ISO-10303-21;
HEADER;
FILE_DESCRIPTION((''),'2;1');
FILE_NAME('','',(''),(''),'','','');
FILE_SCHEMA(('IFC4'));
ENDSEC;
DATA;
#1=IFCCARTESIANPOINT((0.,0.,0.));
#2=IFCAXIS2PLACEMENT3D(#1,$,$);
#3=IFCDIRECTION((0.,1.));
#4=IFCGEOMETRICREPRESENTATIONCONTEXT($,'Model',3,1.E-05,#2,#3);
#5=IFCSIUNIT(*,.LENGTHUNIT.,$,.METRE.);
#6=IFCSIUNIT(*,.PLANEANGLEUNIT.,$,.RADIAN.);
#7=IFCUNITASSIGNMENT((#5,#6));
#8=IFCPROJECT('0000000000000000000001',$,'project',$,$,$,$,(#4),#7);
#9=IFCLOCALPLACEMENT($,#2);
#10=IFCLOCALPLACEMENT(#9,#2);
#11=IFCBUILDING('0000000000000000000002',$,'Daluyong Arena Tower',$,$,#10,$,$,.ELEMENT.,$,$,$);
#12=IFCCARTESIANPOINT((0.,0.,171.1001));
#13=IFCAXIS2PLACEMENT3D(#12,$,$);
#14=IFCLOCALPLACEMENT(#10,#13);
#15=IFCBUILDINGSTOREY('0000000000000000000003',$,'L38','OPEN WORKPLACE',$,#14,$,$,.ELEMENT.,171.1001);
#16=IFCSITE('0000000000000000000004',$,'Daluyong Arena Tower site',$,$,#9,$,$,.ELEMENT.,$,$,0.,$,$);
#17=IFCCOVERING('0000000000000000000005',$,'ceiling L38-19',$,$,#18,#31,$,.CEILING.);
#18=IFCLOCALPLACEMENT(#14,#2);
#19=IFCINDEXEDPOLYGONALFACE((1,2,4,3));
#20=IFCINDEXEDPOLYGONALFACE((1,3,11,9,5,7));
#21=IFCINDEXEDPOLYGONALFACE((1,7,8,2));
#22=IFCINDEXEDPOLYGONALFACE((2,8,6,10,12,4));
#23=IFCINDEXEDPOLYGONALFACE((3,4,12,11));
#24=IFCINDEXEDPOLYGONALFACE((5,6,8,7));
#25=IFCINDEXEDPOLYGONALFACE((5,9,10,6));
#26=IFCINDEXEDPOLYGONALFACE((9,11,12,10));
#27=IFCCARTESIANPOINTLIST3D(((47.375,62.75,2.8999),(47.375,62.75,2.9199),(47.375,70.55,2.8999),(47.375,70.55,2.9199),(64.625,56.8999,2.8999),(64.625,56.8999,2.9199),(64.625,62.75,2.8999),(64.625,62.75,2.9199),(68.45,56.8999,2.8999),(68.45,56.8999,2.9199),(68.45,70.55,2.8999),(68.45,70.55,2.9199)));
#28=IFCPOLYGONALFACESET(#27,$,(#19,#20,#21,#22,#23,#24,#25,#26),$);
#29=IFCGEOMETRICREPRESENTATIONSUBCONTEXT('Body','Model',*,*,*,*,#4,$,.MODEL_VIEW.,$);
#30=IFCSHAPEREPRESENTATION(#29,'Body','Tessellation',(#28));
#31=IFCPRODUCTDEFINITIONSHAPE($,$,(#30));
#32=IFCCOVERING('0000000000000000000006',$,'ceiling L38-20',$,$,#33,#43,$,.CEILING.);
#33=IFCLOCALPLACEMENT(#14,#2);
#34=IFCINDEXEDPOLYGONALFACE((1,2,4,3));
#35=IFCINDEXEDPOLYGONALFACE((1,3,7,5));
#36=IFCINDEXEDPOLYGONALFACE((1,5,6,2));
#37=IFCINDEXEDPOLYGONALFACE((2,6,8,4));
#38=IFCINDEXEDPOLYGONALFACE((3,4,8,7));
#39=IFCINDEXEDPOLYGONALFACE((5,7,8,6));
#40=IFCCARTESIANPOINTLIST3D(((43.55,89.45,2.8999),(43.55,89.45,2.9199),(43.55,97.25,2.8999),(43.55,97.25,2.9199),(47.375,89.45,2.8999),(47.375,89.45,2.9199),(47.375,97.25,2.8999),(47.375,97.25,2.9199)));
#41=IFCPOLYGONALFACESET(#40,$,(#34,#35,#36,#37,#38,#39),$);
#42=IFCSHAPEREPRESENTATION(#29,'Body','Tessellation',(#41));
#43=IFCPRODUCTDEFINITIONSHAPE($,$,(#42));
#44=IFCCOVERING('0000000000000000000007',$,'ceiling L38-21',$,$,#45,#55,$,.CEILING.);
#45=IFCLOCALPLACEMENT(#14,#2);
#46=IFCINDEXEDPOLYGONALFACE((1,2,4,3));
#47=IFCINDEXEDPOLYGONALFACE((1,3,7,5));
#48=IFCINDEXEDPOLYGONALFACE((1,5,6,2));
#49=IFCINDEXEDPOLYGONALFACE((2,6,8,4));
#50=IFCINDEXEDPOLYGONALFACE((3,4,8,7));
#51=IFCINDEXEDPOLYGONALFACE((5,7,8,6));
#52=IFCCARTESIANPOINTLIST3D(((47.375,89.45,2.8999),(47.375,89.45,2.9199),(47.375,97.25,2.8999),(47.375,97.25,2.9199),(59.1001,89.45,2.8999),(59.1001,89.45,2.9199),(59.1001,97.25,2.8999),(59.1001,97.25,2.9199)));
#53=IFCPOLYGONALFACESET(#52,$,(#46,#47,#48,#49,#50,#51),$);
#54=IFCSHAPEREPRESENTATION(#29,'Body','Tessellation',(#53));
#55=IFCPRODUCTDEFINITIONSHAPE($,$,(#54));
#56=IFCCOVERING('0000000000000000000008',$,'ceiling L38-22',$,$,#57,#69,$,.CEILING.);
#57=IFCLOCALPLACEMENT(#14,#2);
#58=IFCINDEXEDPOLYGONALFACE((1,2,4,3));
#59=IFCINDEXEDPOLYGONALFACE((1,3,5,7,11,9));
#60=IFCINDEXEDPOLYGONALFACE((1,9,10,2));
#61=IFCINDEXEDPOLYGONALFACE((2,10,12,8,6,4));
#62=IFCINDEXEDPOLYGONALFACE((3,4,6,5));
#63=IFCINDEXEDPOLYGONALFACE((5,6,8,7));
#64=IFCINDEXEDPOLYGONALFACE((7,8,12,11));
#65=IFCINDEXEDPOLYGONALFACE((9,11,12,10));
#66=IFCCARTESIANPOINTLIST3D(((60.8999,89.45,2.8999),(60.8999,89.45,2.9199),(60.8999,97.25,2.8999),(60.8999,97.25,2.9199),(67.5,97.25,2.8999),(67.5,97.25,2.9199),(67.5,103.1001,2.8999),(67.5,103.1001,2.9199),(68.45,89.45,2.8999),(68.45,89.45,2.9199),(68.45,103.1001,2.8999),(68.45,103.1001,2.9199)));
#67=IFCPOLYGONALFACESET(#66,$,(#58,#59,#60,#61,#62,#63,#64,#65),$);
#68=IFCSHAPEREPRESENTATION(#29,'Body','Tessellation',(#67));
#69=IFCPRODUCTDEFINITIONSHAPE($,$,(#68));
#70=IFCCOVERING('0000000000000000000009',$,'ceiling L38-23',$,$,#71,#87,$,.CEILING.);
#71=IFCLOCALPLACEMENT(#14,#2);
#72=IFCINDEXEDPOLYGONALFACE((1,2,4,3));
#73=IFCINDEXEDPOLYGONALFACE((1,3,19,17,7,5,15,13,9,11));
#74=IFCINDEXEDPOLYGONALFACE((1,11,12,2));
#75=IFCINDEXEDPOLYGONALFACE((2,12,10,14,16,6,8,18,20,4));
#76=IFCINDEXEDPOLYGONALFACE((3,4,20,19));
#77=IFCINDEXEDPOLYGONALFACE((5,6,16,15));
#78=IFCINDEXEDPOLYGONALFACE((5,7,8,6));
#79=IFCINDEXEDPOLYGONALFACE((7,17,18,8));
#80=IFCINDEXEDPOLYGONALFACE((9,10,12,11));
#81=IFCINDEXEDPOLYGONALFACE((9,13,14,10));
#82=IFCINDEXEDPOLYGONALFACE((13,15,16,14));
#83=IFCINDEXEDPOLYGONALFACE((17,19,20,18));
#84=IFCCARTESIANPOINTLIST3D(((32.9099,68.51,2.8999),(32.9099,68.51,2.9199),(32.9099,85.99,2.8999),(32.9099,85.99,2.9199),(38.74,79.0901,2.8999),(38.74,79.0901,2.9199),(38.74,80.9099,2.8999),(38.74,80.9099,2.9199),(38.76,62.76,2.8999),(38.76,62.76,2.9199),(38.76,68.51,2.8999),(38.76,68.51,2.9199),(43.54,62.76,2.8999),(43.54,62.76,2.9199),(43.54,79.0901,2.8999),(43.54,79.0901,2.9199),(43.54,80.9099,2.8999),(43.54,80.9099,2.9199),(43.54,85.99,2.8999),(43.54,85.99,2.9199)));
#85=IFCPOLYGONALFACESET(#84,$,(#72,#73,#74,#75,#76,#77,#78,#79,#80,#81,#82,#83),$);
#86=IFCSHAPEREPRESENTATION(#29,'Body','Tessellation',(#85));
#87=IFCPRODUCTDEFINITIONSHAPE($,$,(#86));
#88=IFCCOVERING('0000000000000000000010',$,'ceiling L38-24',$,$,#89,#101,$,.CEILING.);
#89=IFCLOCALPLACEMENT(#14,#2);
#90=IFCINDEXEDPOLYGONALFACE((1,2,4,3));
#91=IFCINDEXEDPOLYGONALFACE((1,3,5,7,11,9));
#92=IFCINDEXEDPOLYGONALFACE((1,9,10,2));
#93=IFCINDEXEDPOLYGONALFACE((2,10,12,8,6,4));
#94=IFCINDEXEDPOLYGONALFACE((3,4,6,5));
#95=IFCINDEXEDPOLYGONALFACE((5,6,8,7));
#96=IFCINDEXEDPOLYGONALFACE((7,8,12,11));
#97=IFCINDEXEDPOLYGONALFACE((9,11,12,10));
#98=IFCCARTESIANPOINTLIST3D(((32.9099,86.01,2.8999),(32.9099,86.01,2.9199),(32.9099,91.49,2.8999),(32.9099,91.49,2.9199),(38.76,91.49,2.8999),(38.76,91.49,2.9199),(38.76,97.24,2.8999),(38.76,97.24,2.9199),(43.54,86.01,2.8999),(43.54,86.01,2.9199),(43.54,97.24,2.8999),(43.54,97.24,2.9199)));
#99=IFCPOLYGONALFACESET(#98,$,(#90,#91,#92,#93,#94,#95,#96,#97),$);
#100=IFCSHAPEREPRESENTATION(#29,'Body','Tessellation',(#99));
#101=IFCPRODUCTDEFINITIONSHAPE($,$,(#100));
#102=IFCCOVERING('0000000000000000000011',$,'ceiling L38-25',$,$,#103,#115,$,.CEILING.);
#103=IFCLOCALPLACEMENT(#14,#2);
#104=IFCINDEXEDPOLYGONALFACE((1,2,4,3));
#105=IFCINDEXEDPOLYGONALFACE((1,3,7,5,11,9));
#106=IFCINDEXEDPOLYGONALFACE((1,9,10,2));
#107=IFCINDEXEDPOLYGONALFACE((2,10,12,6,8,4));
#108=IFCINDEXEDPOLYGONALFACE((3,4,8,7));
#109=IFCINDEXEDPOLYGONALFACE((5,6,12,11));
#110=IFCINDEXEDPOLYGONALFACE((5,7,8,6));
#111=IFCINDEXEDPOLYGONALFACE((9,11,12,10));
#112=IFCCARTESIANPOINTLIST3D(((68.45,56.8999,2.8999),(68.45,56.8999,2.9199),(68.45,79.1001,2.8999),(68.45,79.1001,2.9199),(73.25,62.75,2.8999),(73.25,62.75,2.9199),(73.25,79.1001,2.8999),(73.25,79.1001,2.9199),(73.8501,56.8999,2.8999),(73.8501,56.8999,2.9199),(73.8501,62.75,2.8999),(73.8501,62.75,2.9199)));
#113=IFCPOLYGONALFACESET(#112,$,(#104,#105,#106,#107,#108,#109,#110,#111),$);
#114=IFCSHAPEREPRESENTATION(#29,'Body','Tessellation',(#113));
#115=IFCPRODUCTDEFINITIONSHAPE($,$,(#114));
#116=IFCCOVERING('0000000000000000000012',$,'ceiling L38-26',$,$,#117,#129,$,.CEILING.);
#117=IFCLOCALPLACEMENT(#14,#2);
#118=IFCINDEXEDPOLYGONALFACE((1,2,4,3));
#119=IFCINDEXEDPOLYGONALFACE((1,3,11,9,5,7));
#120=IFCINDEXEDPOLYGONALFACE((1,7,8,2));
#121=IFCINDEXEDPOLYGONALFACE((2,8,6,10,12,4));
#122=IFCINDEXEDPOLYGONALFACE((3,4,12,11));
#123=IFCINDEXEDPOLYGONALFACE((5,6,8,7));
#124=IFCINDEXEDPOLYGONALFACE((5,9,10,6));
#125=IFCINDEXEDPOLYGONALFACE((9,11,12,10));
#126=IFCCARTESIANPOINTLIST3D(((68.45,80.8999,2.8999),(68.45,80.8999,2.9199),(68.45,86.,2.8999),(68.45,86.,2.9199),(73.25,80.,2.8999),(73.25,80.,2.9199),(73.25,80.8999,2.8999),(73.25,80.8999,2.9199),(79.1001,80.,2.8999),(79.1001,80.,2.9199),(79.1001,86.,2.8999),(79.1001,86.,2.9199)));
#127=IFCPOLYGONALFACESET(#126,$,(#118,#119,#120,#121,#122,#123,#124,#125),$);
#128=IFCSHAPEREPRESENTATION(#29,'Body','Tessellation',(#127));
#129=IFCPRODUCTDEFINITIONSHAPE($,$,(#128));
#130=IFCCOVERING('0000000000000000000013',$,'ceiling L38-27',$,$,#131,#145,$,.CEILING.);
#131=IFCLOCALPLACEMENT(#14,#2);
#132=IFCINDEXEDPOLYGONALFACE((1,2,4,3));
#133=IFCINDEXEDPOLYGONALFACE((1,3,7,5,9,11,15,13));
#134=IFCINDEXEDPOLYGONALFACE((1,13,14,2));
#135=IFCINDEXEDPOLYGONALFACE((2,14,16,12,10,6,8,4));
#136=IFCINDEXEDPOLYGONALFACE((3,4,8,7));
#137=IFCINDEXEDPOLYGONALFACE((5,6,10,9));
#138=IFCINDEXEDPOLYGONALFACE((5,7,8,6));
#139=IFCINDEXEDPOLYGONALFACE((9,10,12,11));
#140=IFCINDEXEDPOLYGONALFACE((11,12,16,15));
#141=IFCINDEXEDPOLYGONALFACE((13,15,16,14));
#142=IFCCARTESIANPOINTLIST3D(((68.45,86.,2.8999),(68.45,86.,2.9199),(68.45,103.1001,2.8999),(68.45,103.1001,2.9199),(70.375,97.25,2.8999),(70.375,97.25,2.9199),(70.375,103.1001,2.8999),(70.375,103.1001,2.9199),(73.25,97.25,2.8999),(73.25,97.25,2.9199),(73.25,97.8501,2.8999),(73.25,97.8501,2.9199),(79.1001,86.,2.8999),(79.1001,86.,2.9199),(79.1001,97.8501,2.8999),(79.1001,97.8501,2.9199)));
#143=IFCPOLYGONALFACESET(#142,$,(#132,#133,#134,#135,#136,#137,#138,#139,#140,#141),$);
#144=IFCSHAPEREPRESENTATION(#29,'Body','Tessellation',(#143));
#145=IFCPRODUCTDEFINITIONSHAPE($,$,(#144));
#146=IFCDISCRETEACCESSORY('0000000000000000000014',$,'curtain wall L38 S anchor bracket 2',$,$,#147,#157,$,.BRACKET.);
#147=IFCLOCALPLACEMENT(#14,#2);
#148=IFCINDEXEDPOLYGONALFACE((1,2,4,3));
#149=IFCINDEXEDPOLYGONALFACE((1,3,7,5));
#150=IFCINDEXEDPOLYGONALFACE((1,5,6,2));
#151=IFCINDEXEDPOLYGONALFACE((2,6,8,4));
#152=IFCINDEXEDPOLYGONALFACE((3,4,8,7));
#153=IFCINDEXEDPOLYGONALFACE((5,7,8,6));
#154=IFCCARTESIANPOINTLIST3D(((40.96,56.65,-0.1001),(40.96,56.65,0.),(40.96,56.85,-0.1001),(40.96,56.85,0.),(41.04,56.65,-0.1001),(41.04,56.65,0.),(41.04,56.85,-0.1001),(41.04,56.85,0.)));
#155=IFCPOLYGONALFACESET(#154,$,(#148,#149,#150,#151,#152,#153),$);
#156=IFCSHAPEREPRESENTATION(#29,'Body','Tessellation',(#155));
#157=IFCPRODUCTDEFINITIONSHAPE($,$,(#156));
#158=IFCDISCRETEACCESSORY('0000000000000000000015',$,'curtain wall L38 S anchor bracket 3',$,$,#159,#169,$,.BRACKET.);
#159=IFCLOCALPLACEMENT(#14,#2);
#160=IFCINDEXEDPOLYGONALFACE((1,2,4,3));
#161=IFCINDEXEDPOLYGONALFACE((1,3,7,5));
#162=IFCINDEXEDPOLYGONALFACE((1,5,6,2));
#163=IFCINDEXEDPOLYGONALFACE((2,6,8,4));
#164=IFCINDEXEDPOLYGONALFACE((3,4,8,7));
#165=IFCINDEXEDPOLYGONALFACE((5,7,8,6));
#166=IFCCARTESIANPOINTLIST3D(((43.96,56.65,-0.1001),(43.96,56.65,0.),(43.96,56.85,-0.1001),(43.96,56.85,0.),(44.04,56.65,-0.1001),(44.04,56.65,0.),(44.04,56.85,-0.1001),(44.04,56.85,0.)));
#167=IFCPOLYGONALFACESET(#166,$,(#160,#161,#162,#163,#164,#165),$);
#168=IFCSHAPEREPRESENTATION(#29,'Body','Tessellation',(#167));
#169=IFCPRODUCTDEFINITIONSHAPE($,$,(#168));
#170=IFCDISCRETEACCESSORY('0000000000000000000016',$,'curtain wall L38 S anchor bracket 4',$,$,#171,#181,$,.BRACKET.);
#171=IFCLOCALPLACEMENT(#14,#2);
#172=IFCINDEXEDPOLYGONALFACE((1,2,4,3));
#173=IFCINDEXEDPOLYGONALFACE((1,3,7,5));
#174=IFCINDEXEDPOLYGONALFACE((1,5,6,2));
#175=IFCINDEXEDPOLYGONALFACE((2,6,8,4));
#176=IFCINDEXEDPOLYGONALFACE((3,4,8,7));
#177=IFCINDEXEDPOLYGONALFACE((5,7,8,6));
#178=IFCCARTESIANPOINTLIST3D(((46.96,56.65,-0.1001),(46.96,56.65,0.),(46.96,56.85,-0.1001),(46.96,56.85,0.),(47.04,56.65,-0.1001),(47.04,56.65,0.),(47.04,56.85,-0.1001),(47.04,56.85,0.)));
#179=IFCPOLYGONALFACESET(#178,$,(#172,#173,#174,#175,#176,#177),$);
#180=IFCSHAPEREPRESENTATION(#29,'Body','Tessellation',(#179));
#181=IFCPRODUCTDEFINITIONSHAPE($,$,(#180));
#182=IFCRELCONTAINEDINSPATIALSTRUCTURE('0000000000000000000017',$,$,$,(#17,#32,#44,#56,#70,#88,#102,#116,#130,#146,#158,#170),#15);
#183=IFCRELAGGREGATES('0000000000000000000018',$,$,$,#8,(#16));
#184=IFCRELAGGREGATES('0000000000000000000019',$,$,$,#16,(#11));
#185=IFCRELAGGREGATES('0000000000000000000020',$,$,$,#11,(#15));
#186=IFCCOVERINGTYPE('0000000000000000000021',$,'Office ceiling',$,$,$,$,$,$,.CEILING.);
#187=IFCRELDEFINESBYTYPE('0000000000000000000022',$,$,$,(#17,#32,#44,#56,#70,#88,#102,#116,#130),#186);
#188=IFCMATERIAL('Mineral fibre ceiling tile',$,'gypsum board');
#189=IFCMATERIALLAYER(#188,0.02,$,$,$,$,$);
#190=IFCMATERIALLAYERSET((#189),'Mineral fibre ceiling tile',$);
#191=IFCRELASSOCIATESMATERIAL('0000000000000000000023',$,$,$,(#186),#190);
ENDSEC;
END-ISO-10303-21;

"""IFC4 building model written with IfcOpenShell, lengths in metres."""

from ifc_helpers import new_model, si_unit, direction, frame, origin, origin_2d, place, context, subcontext, project, spatial, polyline, rectangle, outline, extrude, material, layer, layer_set, type_object, element, save


model = new_model("IFC4")

# Units and contexts
model_context = context("Model", 3, precision=1e-05, world=origin(), true_north=direction((0.0, 1.0)))
body_context = subcontext(model_context, "Body", "Model", "MODEL_VIEW")
ifc_project = project(units=[si_unit("LENGTHUNIT", "METRE"), si_unit("PLANEANGLEUNIT", "RADIAN")], contexts=[model_context])

# Site, building, storey
site_placement = place(None, origin())
site = spatial("IfcSite", under=ifc_project, at=site_placement, Name="Daluyong Arena Tower site", CompositionType="ELEMENT", RefElevation=0.0)
building_placement = place(site_placement, origin())
building = spatial("IfcBuilding", under=site, at=building_placement, Name="Daluyong Arena Tower", CompositionType="ELEMENT")
storey_placement = place(building_placement, frame((0.0, 0.0, 171.1001)))
storey = spatial("IfcBuildingStorey", under=building, at=storey_placement, Name="L38", Description="OPEN WORKPLACE", CompositionType="ELEMENT", Elevation=171.1001)

# Coverings
ifc_material_1 = material(Name="Mineral fibre ceiling tile", Category="gypsum board")
ifc_layer_1 = layer(ifc_material_1, 0.02)
ifc_layer_set_1 = layer_set([ifc_layer_1], Name="Mineral fibre ceiling tile")
covering_type = type_object("IfcCoveringType", Name="Office ceiling", PredefinedType="CEILING", material=ifc_layer_set_1)
covering_1_placement = place(storey_placement, frame((0.0, 0.0, 2.8999)))
element("IfcCovering", 1, at=covering_1_placement, inside=storey, type_object=covering_type, Name="ceiling L38-19", PredefinedType="CEILING", context=body_context, shape_type="SweptSolid", body=[
    extrude(outline(polyline([(68.45, 70.55), (47.375, 70.55), (47.375, 62.75), (64.625, 62.75), (64.625, 56.8999), (68.45, 56.8999), (68.45, 70.55)])), origin(), (0.0, 0.0, 1.0), 0.02),
])
covering_2_placement = place(storey_placement, frame((0.0, 0.0, 2.8999)))
element("IfcCovering", 2, at=covering_2_placement, inside=storey, type_object=covering_type, Name="ceiling L38-20", PredefinedType="CEILING", context=body_context, shape_type="SweptSolid", body=[
    extrude(outline(polyline([(43.55, 89.45), (47.375, 89.45), (47.375, 97.25), (43.55, 97.25), (43.55, 89.45)])), origin(), (0.0, 0.0, 1.0), 0.02),
])
covering_3_placement = place(storey_placement, frame((0.0, 0.0, 2.8999)))
element("IfcCovering", 3, at=covering_3_placement, inside=storey, type_object=covering_type, Name="ceiling L38-21", PredefinedType="CEILING", context=body_context, shape_type="SweptSolid", body=[
    extrude(outline(polyline([(59.1001, 97.25), (47.375, 97.25), (47.375, 89.45), (59.1001, 89.45), (59.1001, 97.25)])), origin(), (0.0, 0.0, 1.0), 0.02),
])
covering_4_placement = place(storey_placement, frame((0.0, 0.0, 2.8999)))
element("IfcCovering", 4, at=covering_4_placement, inside=storey, type_object=covering_type, Name="ceiling L38-22", PredefinedType="CEILING", context=body_context, shape_type="SweptSolid", body=[
    extrude(outline(polyline([(67.5, 97.25), (60.8999, 97.25), (60.8999, 89.45), (68.45, 89.45), (68.45, 103.1001), (67.5, 103.1001), (67.5, 97.25)])), origin(), (0.0, 0.0, 1.0), 0.02),
])
covering_5_placement = place(storey_placement, frame((0.0, 0.0, 2.8999)))
element("IfcCovering", 5, at=covering_5_placement, inside=storey, type_object=covering_type, Name="ceiling L38-23", PredefinedType="CEILING", context=body_context, shape_type="SweptSolid", body=[
    extrude(outline(polyline([(38.76, 62.76), (43.54, 62.76), (43.54, 79.0901), (38.74, 79.0901), (38.74, 80.9099), (43.54, 80.9099), (43.54, 85.99), (32.9099, 85.99), (32.9099, 68.51), (38.76, 68.51), (38.76, 62.76)])), origin(), (0.0, 0.0, 1.0), 0.02),
])
covering_6_placement = place(storey_placement, frame((0.0, 0.0, 2.8999)))
element("IfcCovering", 6, at=covering_6_placement, inside=storey, type_object=covering_type, Name="ceiling L38-24", PredefinedType="CEILING", context=body_context, shape_type="SweptSolid", body=[
    extrude(outline(polyline([(32.9099, 86.01), (43.54, 86.01), (43.54, 97.24), (38.76, 97.24), (38.76, 91.49), (32.9099, 91.49), (32.9099, 86.01)])), origin(), (0.0, 0.0, 1.0), 0.02),
])
covering_7_placement = place(storey_placement, frame((0.0, 0.0, 2.8999)))
element("IfcCovering", 7, at=covering_7_placement, inside=storey, type_object=covering_type, Name="ceiling L38-25", PredefinedType="CEILING", context=body_context, shape_type="SweptSolid", body=[
    extrude(outline(polyline([(68.45, 79.1001), (68.45, 56.8999), (73.8501, 56.8999), (73.8501, 62.75), (73.25, 62.75), (73.25, 79.1001), (68.45, 79.1001)])), origin(), (0.0, 0.0, 1.0), 0.02),
])
covering_8_placement = place(storey_placement, frame((0.0, 0.0, 2.8999)))
element("IfcCovering", 8, at=covering_8_placement, inside=storey, type_object=covering_type, Name="ceiling L38-26", PredefinedType="CEILING", context=body_context, shape_type="SweptSolid", body=[
    extrude(outline(polyline([(79.1001, 80.0), (79.1001, 86.0), (68.45, 86.0), (68.45, 80.8999), (73.25, 80.8999), (73.25, 80.0), (79.1001, 80.0)])), origin(), (0.0, 0.0, 1.0), 0.02),
])
covering_9_placement = place(storey_placement, frame((0.0, 0.0, 2.8999)))
element("IfcCovering", 9, at=covering_9_placement, inside=storey, type_object=covering_type, Name="ceiling L38-27", PredefinedType="CEILING", context=body_context, shape_type="SweptSolid", body=[
    extrude(outline(polyline([(70.375, 103.1001), (68.45, 103.1001), (68.45, 86.0), (79.1001, 86.0), (79.1001, 97.8501), (73.25, 97.8501), (73.25, 97.25), (70.375, 97.25), (70.375, 103.1001)])), origin(), (0.0, 0.0, 1.0), 0.02),
])

# Discrete accessories
for number, where, z_axis, x_axis, name in (
    (10, (41.0, 56.75, -0.1001), (0.0, 0.0, 1.0), (1.0, 0.0, 0.0), "curtain wall L38 S anchor bracket 2"),
    (11, (44.0, 56.75, -0.1001), (0.0, 0.0, 1.0), (1.0, 0.0, 0.0), "curtain wall L38 S anchor bracket 3"),
    (12, (47.0, 56.75, -0.1001), (0.0, 0.0, 1.0), (1.0, 0.0, 0.0), "curtain wall L38 S anchor bracket 4"),
):
    element("IfcDiscreteAccessory", number, at=place(storey_placement, frame(where, z_axis=z_axis, x_axis=x_axis)), inside=storey, Name=name, PredefinedType="BRACKET", context=body_context, shape_type="SweptSolid", body=[
        extrude(rectangle(XDim=0.0801, YDim=0.2, at=origin_2d()), origin(), (0.0, 0.0, 1.0), 0.1001),
    ])

save(model, "model.ifc")
